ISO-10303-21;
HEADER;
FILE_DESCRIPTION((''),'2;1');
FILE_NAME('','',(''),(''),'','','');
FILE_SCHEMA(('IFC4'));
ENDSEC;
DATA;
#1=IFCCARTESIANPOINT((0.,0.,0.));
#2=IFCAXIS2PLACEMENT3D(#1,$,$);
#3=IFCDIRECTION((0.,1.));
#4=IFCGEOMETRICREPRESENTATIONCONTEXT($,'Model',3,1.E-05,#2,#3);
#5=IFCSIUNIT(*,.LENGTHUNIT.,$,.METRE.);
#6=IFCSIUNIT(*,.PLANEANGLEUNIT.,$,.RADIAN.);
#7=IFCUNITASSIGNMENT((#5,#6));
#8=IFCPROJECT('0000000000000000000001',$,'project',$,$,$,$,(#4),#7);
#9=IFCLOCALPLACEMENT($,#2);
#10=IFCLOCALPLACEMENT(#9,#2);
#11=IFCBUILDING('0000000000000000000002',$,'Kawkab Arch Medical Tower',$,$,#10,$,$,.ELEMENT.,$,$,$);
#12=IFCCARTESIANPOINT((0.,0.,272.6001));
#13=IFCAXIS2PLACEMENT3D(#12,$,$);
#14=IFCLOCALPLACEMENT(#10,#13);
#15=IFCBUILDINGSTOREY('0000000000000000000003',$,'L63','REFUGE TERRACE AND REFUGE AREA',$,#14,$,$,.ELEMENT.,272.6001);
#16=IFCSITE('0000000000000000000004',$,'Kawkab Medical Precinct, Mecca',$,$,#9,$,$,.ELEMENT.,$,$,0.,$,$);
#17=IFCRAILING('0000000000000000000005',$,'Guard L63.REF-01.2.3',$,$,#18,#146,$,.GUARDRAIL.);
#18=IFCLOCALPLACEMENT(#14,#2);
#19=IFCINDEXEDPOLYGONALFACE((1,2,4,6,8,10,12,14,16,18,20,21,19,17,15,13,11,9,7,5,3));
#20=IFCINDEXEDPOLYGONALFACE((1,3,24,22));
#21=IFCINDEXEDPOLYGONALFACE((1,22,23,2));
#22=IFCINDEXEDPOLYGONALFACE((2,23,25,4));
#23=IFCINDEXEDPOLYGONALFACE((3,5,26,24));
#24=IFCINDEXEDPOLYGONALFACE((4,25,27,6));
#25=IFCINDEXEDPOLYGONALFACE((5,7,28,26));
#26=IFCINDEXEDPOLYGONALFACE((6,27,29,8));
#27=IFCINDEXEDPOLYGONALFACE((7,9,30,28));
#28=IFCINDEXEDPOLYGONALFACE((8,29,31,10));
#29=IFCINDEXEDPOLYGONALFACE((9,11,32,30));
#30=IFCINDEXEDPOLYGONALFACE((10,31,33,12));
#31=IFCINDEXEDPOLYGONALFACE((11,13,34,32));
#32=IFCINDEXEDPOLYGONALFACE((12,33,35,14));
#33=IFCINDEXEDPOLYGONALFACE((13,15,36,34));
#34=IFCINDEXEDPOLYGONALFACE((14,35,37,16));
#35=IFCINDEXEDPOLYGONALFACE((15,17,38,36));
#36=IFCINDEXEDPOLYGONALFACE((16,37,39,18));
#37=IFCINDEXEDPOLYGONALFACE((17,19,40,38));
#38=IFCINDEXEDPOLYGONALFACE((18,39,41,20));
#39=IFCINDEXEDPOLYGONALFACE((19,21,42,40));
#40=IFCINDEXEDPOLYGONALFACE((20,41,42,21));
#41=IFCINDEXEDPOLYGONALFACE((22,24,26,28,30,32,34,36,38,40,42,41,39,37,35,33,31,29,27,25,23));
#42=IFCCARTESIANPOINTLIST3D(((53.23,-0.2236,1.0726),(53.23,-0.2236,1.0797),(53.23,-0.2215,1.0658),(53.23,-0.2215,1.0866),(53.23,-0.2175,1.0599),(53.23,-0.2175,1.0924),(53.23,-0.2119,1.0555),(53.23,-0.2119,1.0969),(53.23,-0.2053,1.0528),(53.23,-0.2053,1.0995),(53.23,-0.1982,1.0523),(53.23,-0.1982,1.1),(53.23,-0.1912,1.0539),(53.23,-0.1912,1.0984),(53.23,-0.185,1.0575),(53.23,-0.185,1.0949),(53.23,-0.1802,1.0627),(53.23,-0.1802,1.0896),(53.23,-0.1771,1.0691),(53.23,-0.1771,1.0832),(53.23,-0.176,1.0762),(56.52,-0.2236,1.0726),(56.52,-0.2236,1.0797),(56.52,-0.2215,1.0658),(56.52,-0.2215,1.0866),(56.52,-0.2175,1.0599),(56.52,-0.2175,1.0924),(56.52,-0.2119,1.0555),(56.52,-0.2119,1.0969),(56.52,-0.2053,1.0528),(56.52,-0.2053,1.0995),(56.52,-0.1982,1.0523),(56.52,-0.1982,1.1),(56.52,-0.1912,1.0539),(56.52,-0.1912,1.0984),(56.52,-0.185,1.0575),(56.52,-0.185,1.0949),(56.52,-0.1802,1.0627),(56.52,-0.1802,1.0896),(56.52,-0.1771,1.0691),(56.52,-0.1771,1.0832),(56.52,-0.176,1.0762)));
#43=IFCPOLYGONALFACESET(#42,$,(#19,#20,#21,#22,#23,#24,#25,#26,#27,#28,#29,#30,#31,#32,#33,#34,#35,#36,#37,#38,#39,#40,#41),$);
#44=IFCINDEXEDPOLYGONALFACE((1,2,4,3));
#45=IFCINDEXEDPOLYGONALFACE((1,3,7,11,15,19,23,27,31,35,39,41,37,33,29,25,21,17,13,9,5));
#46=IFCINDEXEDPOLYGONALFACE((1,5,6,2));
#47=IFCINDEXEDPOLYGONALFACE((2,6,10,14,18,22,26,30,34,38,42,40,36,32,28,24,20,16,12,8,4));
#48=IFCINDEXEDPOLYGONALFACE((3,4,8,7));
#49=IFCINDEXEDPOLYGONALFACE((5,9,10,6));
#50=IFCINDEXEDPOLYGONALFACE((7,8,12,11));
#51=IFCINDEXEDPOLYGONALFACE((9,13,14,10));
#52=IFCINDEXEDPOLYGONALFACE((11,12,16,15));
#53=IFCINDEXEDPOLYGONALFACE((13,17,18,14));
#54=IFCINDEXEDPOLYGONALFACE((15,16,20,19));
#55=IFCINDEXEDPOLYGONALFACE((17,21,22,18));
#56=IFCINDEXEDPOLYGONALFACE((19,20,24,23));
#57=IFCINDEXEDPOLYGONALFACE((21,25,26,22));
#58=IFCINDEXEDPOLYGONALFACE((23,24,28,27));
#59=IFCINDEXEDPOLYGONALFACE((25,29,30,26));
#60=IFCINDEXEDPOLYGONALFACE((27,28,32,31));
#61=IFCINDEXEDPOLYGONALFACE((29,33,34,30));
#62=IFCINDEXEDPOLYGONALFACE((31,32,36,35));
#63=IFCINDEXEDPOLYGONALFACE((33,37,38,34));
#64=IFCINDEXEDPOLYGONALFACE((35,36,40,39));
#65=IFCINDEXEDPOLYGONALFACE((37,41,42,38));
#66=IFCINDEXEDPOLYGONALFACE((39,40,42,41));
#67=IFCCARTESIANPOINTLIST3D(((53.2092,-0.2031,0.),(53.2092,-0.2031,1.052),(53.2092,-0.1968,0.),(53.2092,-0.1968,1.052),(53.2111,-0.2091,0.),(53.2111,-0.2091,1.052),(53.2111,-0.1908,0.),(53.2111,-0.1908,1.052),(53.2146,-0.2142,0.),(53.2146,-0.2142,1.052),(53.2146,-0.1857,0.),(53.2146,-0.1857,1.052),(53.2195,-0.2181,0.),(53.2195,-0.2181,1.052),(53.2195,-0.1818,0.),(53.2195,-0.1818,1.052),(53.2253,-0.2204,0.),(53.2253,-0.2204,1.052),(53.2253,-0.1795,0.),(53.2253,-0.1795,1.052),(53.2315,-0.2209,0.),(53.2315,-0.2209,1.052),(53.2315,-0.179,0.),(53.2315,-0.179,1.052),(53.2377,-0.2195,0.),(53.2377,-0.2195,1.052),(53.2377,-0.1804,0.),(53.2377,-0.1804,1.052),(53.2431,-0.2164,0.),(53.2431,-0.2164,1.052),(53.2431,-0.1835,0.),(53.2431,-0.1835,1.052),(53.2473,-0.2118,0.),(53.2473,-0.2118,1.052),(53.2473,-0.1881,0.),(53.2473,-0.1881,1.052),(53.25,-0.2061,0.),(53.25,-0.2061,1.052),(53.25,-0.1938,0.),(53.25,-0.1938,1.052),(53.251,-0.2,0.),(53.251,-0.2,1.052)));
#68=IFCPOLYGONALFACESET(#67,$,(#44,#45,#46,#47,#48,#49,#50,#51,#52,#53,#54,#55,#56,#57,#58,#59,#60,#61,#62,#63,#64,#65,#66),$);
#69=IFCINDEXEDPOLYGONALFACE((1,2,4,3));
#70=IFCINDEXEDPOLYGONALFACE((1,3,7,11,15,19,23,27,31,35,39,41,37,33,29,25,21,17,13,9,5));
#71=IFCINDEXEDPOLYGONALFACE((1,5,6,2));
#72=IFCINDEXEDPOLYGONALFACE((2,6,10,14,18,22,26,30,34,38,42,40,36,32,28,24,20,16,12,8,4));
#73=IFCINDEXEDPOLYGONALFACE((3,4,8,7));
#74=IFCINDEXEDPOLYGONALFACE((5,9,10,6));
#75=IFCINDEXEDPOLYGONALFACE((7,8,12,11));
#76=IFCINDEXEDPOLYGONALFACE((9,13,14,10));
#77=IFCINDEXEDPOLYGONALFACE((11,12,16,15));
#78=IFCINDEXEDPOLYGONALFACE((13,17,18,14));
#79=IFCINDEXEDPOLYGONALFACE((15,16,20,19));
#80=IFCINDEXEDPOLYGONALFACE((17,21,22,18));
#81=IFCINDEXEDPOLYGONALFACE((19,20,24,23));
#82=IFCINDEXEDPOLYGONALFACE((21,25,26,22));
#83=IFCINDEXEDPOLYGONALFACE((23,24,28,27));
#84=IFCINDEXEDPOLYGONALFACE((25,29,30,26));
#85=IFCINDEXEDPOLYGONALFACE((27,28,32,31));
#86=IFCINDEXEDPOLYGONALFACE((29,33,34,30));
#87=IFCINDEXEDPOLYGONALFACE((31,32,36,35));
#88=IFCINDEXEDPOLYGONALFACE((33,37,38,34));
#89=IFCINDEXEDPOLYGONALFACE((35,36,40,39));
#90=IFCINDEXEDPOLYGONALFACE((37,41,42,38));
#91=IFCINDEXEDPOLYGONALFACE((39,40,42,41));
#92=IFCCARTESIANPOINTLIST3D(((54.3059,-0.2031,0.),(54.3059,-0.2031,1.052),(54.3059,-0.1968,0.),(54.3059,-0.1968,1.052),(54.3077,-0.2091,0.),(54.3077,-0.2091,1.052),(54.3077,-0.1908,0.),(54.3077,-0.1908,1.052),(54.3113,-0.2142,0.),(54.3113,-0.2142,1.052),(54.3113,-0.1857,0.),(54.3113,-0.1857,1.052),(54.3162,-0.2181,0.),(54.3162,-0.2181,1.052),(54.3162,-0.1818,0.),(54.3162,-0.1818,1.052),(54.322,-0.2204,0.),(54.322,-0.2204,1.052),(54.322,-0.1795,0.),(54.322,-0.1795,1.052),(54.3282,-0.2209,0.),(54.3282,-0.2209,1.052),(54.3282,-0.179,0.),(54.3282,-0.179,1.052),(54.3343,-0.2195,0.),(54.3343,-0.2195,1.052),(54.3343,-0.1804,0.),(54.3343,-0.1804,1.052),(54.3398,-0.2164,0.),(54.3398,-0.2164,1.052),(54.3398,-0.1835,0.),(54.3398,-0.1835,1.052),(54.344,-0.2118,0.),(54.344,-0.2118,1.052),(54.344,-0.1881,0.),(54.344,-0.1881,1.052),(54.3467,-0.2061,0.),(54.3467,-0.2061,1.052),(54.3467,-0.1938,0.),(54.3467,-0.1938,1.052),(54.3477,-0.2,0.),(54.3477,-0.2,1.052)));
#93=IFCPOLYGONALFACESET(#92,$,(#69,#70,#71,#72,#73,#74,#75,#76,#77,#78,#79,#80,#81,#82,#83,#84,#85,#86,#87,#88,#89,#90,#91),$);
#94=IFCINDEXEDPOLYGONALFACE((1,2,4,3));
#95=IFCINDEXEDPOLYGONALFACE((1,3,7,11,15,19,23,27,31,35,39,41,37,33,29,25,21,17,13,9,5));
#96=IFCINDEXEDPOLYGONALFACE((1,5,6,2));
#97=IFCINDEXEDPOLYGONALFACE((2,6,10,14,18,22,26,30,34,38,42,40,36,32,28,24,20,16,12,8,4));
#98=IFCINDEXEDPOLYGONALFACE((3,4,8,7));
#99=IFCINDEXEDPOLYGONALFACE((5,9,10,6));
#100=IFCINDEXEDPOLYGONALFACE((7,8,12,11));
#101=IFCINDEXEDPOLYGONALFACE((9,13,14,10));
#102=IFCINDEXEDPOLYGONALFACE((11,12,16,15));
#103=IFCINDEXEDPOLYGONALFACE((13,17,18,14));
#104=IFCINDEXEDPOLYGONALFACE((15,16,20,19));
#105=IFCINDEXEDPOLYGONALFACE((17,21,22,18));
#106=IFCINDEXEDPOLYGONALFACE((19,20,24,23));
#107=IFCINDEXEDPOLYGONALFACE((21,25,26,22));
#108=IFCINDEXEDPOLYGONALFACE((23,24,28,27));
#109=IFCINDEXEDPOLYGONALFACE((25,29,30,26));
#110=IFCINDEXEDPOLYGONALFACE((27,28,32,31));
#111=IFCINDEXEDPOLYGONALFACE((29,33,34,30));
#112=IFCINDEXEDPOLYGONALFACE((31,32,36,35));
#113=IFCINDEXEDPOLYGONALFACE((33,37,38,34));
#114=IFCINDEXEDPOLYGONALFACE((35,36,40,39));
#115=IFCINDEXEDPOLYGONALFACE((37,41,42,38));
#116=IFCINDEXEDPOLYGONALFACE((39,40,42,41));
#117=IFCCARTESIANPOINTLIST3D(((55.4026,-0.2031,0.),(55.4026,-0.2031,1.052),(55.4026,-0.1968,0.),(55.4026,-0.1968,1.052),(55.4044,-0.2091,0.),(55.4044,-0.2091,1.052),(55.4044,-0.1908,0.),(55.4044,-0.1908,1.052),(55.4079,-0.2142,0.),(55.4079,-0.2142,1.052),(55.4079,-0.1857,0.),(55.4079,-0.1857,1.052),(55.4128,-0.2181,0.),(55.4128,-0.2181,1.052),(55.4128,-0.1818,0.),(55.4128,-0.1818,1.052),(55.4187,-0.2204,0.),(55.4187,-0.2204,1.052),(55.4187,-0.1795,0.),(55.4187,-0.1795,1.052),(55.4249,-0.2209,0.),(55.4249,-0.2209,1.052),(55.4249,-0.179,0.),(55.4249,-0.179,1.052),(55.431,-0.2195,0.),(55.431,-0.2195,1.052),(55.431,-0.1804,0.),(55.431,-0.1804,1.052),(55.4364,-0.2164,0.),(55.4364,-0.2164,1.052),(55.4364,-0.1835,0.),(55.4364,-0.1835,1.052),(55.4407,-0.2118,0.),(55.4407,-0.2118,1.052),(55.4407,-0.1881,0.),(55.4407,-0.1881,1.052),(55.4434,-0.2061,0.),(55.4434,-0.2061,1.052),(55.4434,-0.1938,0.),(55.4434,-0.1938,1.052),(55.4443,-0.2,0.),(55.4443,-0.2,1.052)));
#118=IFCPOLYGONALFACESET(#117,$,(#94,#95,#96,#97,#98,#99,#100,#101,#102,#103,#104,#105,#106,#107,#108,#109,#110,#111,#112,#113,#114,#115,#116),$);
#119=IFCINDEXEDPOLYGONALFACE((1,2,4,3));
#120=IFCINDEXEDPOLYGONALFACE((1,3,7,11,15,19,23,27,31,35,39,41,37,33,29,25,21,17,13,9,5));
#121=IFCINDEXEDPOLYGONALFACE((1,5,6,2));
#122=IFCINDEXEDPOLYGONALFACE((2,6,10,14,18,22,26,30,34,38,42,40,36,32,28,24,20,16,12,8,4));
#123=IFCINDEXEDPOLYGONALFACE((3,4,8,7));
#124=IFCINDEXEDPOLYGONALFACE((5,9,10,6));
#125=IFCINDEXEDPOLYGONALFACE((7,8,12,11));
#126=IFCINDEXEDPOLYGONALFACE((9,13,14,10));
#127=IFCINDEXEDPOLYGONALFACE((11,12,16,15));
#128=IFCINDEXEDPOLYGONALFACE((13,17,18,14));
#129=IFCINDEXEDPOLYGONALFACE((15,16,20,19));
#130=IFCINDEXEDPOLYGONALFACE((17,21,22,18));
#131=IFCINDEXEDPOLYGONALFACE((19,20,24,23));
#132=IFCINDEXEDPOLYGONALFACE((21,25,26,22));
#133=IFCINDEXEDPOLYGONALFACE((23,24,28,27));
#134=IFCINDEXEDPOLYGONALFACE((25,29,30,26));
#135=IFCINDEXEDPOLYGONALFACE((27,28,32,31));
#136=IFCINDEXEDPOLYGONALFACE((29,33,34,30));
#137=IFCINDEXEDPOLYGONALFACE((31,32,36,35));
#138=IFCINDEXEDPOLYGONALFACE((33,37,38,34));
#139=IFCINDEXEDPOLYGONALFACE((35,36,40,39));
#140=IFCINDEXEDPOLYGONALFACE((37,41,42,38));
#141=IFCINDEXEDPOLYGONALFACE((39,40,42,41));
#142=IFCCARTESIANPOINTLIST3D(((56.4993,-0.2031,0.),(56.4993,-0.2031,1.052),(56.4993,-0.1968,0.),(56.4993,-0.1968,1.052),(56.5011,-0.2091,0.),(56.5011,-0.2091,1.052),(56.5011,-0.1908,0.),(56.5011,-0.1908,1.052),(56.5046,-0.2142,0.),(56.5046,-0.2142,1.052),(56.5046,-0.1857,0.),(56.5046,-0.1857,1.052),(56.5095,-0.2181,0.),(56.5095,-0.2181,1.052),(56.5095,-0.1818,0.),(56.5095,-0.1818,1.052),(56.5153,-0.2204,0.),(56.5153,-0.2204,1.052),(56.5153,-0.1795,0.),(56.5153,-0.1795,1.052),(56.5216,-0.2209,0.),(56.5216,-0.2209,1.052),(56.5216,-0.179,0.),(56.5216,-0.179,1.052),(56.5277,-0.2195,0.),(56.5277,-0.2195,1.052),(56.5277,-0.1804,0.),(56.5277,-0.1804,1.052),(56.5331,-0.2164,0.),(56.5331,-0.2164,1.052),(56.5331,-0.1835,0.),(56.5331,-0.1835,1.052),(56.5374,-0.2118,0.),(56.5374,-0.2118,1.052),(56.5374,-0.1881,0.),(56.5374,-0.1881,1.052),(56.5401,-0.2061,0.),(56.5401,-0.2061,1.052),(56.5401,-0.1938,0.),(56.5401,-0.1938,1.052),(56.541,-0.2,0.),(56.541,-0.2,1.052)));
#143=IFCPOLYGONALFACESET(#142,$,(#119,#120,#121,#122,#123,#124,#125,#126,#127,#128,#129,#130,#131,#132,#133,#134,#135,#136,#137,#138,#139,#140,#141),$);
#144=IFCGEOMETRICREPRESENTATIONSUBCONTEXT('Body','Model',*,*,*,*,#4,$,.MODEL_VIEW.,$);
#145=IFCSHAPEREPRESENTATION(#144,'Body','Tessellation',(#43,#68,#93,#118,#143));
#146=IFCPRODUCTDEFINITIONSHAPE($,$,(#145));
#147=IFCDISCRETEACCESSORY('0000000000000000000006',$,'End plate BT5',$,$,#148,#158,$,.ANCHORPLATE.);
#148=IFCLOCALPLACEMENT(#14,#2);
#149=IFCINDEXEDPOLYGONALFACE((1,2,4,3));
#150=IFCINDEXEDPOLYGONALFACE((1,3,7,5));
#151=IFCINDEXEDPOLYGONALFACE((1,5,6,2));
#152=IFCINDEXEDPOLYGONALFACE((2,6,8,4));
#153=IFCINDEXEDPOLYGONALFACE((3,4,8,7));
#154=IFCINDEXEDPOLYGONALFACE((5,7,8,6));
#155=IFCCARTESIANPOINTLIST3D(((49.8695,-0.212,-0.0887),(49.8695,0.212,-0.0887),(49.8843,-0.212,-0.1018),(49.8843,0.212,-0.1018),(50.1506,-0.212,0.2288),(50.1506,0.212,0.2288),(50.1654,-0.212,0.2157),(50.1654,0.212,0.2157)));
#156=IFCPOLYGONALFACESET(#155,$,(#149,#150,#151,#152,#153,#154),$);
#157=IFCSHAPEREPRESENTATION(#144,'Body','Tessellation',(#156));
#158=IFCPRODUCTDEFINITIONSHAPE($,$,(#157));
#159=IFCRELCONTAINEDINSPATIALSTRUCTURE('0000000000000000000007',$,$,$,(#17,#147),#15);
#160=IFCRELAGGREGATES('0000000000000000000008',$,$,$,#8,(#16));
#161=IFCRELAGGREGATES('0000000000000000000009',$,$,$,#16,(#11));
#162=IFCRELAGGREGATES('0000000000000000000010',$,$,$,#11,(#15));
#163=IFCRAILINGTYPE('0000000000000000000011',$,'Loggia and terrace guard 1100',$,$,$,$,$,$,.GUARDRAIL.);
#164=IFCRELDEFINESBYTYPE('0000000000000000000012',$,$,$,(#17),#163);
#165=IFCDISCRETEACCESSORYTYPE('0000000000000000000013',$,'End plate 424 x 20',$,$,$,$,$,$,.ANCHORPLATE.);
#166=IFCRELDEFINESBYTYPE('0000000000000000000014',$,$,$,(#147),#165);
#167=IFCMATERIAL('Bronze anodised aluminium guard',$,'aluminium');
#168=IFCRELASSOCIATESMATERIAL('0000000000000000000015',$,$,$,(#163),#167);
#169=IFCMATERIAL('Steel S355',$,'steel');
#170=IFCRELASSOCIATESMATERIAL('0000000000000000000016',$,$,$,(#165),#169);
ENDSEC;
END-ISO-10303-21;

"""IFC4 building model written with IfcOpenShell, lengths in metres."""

from ifc_helpers import new_model, si_unit, direction, frame, origin, origin_2d, place, context, subcontext, project, spatial, rectangle, circle, extrude, material, material_profile, profile_set, type_object, element, save


model = new_model("IFC4")

# Units and contexts
model_context = context("Model", 3, precision=1e-05, world=origin(), true_north=direction((0.0, 1.0)))
body_context = subcontext(model_context, "Body", "Model", "MODEL_VIEW")
ifc_project = project(units=[si_unit("LENGTHUNIT", "METRE"), si_unit("PLANEANGLEUNIT", "RADIAN")], contexts=[model_context])

# Site, building, storey
site_placement = place(None, origin())
site = spatial("IfcSite", under=ifc_project, at=site_placement, Name="Kawkab Medical Precinct, Mecca", CompositionType="ELEMENT", RefElevation=0.0)
building_placement = place(site_placement, origin())
building = spatial("IfcBuilding", under=site, at=building_placement, Name="Kawkab Arch Medical Tower", CompositionType="ELEMENT")
storey_placement = place(building_placement, frame((0.0, 0.0, 272.6001)))
storey = spatial("IfcBuildingStorey", under=building, at=storey_placement, Name="L63", Description="REFUGE TERRACE AND REFUGE AREA", CompositionType="ELEMENT", Elevation=272.6001)

# Railing
ifc_material_1 = material(Name="Bronze anodised aluminium guard", Category="aluminium")
railing_type = type_object("IfcRailingType", Name="Loggia and terrace guard 1100", PredefinedType="GUARDRAIL", material=ifc_material_1)
railing_1_placement = place(storey_placement, frame((53.23, -0.2, 0.0)))
element("IfcRailing", 1, at=railing_1_placement, inside=storey, type_object=railing_type, Name="Guard L63.REF-01.2.3", PredefinedType="GUARDRAIL", context=body_context, shape_type="SweptSolid", body=[
    extrude(circle(Radius=0.0239, at=origin_2d()), frame((0.0, 0.0, 1.0762), z_axis=(1.0, 0.0, 0.0), x_axis=(0.0, 1.0, 0.0)), (0.0, 0.0, 1.0), 3.29),
    extrude(circle(Radius=0.021, at=origin_2d()), origin(), (0.0, 0.0, 1.0), 1.052),
    extrude(circle(Radius=0.021, at=origin_2d()), frame((1.0967, 0.0, 0.0)), (0.0, 0.0, 1.0), 1.052),
    extrude(circle(Radius=0.021, at=origin_2d()), frame((2.1934, 0.0, 0.0)), (0.0, 0.0, 1.0), 1.052),
    extrude(circle(Radius=0.021, at=origin_2d()), frame((3.29, 0.0, 0.0)), (0.0, 0.0, 1.0), 1.052),
])

# Discrete accessory
ifc_material_2 = material(Name="Steel S355", Category="steel")
ifc_material_profile_1 = material_profile(ifc_material_2, rectangle(XDim=0.4241, YDim=0.4241, at=origin_2d()), Name="End plate 424 x 20")
ifc_profile_set_1 = profile_set([ifc_material_profile_1], Name="Steel S355")
discrete_accessory_type = type_object("IfcDiscreteAccessoryType", Name="End plate 424 x 20", PredefinedType="ANCHORPLATE", material=ifc_profile_set_1)
discrete_accessory_placement = place(storey_placement, frame((50.01, 0.0, 0.0701), z_axis=(0.748762, 0.0, -0.662839), x_axis=(0.0, 1.0, 0.0)))
element("IfcDiscreteAccessory", 2, at=discrete_accessory_placement, inside=storey, type_object=discrete_accessory_type, Name="End plate BT5", PredefinedType="ANCHORPLATE", context=body_context, shape_type="SweptSolid", body=[
    extrude(rectangle(XDim=0.4241, YDim=0.4241, at=origin_2d()), origin(), (0.0, 0.0, 1.0), 0.0198),
])

save(model, "model.ifc")
